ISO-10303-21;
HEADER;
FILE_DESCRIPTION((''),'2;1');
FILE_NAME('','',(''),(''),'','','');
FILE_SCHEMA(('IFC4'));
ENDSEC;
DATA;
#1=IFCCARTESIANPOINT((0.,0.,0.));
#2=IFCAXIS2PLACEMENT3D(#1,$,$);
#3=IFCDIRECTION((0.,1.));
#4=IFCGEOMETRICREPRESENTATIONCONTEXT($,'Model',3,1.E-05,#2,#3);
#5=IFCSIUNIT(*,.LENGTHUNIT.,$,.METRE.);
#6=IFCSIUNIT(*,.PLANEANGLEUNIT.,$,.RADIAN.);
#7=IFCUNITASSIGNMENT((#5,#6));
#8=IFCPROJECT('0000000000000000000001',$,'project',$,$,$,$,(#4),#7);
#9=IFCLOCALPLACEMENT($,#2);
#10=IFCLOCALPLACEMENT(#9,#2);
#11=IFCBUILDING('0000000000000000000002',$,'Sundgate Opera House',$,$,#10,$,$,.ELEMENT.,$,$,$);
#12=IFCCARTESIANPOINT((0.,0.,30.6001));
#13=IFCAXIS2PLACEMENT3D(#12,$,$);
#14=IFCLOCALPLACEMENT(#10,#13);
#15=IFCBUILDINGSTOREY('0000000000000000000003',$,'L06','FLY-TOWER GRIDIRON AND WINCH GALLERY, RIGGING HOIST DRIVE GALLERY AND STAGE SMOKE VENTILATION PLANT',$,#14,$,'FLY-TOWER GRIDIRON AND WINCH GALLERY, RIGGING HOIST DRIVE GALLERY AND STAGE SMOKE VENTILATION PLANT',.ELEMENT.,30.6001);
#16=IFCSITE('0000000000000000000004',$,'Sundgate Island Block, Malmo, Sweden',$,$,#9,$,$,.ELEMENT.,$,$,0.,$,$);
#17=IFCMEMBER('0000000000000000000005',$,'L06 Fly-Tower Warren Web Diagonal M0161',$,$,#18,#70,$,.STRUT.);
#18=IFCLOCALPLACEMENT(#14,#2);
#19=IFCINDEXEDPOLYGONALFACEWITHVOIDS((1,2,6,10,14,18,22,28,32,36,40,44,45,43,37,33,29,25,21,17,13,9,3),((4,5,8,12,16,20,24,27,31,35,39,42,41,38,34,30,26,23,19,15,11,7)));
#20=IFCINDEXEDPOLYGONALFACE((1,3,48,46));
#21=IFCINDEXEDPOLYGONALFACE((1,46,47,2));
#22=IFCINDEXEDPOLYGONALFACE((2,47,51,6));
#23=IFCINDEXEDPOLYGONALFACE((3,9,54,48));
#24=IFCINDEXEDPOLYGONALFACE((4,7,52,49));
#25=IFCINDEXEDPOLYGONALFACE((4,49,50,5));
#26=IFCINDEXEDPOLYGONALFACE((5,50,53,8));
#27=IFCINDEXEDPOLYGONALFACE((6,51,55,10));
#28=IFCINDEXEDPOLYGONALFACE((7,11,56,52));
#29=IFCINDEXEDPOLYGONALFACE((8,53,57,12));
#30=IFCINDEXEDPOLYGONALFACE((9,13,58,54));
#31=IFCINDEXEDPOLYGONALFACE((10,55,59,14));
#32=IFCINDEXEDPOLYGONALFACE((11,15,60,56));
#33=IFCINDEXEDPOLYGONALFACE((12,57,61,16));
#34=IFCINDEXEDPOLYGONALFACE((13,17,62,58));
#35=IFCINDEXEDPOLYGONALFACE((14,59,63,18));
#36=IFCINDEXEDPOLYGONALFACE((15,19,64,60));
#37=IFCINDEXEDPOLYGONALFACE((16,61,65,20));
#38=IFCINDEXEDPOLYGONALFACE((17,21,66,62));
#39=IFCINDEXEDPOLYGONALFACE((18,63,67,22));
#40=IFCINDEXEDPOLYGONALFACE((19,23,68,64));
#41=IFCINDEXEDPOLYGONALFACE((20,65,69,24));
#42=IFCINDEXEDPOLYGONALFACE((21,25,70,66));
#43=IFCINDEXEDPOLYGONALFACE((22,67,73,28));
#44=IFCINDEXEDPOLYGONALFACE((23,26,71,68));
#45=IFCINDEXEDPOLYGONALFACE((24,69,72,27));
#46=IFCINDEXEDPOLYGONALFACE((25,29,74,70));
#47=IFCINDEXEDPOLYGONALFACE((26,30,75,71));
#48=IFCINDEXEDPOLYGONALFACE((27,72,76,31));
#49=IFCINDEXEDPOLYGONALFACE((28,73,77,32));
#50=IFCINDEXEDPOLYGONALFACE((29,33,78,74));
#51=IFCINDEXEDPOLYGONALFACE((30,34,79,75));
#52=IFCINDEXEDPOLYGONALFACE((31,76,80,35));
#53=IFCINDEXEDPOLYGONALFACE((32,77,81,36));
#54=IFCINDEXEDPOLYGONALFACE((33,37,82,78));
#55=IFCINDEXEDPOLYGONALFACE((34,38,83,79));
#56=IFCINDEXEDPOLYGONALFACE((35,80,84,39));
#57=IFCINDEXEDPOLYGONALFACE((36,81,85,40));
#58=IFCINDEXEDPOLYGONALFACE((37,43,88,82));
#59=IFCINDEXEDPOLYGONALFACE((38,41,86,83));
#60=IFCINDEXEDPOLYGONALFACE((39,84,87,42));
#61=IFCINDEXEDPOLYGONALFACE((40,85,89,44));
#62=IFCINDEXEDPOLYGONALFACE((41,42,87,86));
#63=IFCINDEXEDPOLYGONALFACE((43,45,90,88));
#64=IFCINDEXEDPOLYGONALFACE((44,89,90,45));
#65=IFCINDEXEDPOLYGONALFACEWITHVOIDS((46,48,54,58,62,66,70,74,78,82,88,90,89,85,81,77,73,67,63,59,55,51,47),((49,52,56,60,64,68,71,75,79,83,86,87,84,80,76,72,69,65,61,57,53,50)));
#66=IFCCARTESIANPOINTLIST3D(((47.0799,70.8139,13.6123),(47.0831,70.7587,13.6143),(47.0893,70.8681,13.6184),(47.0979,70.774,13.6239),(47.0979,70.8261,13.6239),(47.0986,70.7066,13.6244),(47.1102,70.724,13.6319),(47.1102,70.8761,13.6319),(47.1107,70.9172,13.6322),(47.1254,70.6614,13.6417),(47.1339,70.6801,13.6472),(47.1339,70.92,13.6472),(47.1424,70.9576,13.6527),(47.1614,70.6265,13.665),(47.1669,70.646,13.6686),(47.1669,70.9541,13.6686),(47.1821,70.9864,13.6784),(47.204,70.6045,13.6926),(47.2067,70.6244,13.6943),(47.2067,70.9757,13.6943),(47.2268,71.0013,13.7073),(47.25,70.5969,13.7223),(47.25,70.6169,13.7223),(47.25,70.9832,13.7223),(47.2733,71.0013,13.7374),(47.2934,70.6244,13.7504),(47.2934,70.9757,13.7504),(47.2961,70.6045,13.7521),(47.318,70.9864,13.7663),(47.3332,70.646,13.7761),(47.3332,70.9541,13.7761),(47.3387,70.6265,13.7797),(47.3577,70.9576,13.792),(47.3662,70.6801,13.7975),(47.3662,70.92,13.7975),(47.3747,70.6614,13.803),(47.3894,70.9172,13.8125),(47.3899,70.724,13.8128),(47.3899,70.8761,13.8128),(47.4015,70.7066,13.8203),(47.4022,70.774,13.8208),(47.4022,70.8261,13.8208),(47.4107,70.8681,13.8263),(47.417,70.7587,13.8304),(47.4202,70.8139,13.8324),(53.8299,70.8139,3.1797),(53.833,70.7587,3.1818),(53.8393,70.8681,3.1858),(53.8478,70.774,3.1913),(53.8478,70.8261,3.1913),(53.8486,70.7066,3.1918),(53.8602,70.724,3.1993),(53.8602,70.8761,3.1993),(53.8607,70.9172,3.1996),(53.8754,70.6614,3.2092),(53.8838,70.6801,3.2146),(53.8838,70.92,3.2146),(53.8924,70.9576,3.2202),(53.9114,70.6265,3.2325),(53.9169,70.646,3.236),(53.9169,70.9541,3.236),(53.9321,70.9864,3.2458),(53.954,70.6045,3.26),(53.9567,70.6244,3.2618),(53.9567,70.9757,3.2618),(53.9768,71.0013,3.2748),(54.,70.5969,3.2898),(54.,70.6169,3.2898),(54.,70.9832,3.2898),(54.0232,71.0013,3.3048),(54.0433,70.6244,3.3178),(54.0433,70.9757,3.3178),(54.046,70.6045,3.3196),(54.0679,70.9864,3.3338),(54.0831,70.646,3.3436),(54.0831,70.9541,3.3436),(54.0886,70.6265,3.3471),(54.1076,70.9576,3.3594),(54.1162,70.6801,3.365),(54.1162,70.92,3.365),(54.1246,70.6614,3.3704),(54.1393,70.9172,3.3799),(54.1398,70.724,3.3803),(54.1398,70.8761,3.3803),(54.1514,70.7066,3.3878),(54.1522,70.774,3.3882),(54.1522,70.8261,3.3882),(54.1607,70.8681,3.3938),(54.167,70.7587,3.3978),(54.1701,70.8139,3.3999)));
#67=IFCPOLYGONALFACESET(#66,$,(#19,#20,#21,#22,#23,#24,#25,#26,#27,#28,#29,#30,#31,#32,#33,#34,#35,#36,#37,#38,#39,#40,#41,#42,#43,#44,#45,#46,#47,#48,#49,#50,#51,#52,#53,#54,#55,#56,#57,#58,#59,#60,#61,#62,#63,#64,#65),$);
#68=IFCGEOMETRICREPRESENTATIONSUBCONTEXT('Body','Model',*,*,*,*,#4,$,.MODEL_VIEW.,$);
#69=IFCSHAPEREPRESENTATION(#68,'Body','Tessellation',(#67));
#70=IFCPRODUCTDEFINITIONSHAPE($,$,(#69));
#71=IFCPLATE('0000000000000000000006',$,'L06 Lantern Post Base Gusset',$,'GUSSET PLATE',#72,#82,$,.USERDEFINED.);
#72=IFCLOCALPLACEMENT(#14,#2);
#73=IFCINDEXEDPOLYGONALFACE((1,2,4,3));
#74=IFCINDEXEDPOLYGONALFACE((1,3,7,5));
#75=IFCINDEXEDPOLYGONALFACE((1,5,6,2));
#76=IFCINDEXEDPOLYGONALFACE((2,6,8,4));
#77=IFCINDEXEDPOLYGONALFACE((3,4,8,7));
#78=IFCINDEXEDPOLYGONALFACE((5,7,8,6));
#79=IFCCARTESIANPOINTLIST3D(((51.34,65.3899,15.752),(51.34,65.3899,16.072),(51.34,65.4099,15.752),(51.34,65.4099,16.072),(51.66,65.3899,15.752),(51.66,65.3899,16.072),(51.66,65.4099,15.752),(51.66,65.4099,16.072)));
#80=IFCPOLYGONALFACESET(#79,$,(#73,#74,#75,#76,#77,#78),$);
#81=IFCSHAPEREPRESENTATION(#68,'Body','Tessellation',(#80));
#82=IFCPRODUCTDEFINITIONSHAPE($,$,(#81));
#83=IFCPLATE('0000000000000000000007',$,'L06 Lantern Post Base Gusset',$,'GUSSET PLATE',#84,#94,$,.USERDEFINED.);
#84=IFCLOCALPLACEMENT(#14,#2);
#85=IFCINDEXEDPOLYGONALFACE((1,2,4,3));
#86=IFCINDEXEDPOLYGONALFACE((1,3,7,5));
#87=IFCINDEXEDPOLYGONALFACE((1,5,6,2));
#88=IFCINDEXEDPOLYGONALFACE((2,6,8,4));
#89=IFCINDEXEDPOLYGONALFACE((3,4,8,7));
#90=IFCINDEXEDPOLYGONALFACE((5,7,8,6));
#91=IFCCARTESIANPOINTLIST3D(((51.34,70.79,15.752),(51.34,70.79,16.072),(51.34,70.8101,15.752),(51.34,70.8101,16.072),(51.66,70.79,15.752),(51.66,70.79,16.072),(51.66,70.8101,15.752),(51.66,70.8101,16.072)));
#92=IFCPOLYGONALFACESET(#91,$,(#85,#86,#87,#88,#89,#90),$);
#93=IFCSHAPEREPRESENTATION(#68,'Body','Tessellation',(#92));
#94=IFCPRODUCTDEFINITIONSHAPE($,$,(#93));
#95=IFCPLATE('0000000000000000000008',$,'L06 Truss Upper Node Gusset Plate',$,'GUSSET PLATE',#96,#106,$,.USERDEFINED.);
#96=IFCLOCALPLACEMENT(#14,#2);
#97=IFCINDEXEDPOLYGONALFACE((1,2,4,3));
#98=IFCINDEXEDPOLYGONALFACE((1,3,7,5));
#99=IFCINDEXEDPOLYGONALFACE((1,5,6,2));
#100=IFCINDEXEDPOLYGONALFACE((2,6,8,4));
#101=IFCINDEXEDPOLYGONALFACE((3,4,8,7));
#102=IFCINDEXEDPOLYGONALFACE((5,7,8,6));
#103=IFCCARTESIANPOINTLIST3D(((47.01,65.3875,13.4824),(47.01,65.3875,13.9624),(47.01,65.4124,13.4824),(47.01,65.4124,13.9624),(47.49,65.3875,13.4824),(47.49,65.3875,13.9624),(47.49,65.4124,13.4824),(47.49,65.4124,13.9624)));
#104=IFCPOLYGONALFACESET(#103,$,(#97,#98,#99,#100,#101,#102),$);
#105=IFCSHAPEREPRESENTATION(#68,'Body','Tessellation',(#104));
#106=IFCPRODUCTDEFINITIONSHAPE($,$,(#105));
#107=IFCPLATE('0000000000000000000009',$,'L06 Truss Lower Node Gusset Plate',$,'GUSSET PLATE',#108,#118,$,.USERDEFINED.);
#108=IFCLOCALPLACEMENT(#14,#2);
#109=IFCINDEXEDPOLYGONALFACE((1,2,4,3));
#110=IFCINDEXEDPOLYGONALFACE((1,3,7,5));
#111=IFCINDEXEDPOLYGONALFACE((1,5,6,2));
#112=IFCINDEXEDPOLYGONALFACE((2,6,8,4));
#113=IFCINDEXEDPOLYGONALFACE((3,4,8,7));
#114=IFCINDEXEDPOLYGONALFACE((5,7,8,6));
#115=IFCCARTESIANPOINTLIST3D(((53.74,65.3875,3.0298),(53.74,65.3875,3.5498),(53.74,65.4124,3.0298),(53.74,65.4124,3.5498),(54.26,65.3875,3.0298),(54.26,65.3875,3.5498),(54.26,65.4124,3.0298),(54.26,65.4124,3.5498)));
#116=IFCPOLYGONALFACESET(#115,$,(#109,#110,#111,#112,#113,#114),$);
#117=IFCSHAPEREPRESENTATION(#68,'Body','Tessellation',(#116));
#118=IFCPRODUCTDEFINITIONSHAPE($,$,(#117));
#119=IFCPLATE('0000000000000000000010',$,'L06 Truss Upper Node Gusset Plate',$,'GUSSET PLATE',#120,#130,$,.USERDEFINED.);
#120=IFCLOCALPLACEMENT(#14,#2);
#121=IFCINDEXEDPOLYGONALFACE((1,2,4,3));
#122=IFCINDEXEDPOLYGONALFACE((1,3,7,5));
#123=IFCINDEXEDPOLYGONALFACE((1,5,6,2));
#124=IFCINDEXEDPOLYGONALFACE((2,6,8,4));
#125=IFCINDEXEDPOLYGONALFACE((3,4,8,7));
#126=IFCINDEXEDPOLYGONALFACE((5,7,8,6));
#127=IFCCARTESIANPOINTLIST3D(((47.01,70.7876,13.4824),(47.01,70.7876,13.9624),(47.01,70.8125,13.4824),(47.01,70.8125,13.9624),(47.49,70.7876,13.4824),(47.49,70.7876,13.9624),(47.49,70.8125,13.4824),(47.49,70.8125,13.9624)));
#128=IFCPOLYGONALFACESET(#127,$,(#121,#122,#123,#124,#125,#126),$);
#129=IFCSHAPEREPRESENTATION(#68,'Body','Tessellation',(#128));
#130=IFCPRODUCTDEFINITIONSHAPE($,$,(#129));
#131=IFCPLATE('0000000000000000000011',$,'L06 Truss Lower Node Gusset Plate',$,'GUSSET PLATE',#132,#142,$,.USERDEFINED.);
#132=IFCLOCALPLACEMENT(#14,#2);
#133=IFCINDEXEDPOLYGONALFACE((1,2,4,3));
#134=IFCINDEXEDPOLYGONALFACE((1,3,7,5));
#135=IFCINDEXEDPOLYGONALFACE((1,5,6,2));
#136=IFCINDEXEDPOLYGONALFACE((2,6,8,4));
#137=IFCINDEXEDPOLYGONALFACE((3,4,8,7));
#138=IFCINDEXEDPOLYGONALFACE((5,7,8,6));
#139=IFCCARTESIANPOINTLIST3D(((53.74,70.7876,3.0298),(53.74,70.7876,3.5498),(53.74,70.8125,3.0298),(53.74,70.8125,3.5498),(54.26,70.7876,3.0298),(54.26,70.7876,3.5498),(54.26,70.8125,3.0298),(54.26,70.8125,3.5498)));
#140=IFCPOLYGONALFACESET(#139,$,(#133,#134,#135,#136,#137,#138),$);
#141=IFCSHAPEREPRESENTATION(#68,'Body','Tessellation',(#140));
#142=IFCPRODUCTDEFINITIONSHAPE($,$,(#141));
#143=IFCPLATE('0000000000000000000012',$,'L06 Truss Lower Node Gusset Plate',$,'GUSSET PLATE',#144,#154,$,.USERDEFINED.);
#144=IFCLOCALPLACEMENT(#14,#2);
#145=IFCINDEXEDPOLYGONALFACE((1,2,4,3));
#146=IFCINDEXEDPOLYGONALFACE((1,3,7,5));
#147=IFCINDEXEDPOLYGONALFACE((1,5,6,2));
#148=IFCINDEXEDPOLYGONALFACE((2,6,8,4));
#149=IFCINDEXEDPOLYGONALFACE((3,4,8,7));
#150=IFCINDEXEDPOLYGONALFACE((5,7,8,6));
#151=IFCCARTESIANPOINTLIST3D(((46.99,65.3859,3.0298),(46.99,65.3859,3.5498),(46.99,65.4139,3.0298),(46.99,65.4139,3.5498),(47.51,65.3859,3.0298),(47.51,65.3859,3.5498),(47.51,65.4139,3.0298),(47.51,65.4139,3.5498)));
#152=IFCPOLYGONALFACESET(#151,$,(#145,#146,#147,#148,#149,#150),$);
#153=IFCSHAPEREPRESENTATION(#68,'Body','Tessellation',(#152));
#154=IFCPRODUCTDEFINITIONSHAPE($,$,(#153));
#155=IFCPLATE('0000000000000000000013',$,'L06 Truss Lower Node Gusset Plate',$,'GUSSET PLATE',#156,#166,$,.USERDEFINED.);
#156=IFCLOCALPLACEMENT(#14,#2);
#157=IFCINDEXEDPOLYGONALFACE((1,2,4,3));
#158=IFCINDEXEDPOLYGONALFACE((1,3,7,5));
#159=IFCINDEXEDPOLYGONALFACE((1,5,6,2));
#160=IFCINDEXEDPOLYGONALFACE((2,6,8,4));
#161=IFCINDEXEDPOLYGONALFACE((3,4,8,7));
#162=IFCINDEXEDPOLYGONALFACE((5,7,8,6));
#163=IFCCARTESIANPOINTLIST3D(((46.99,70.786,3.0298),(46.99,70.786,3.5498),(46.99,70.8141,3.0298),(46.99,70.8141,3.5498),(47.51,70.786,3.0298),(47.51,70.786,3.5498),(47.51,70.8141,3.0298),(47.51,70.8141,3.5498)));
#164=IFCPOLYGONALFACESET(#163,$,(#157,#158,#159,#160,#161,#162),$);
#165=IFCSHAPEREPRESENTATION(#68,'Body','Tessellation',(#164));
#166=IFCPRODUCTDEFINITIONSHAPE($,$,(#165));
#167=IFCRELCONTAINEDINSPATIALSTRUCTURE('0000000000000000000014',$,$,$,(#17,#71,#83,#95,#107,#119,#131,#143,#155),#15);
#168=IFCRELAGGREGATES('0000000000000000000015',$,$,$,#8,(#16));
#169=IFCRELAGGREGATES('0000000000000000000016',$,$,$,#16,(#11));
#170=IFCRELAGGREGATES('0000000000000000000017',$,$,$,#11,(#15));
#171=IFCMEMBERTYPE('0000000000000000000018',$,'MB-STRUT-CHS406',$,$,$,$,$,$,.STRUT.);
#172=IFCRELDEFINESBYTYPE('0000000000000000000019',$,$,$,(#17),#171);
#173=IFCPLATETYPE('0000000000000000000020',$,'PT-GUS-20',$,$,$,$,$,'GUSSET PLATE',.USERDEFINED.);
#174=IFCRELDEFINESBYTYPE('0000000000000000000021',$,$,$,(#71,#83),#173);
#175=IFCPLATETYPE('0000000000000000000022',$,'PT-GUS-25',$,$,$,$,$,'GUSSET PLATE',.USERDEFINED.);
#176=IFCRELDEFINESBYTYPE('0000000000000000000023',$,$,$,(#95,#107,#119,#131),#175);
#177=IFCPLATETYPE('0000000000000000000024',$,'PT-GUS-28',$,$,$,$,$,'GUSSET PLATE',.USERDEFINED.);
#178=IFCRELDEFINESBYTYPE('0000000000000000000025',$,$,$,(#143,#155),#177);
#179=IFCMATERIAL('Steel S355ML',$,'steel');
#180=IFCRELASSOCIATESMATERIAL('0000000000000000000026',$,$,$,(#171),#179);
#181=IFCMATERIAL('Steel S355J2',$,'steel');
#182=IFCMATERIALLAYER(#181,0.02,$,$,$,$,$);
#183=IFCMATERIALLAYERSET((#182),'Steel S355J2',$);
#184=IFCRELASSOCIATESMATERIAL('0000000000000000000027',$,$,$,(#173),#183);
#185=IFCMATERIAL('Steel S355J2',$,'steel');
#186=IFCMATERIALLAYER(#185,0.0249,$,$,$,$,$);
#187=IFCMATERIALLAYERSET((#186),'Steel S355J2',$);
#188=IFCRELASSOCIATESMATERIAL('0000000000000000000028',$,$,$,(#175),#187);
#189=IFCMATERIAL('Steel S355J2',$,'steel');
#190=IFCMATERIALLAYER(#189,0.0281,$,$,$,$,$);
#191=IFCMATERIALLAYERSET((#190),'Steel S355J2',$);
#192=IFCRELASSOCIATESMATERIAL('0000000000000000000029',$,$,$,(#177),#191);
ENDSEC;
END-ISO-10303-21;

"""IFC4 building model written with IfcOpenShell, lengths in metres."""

from ifc_helpers import new_model, si_unit, direction, frame, origin, origin_2d, place, context, subcontext, project, spatial, rectangle, hollow_circle, extrude, material, layer, layer_set, material_profile, profile_set, type_object, element, save


model = new_model("IFC4")

# Units and contexts
model_context = context("Model", 3, precision=1e-05, world=origin(), true_north=direction((0.0, 1.0)))
body_context = subcontext(model_context, "Body", "Model", "MODEL_VIEW")
ifc_project = project(units=[si_unit("LENGTHUNIT", "METRE"), si_unit("PLANEANGLEUNIT", "RADIAN")], contexts=[model_context])

# Site, building, storey
site_placement = place(None, origin())
site = spatial("IfcSite", under=ifc_project, at=site_placement, Name="Sundgate Island Block, Malmo, Sweden", CompositionType="ELEMENT", RefElevation=0.0)
building_placement = place(site_placement, origin())
building = spatial("IfcBuilding", under=site, at=building_placement, Name="Sundgate Opera House", CompositionType="ELEMENT")
storey_placement = place(building_placement, frame((0.0, 0.0, 30.6001)))
storey = spatial("IfcBuildingStorey", under=building, at=storey_placement, Name="L06", Description="FLY-TOWER GRIDIRON AND WINCH GALLERY, RIGGING HOIST DRIVE GALLERY AND STAGE SMOKE VENTILATION PLANT", LongName="FLY-TOWER GRIDIRON AND WINCH GALLERY, RIGGING HOIST DRIVE GALLERY AND STAGE SMOKE VENTILATION PLANT", CompositionType="ELEMENT", Elevation=30.6001)

# Member
ifc_material_1 = material(Name="Steel S355ML", Category="steel")
ifc_material_profile_1 = material_profile(ifc_material_1, hollow_circle(Radius=0.2031, WallThickness=0.02, at=origin_2d()), Name="CHS 406.4x20.0")
ifc_profile_set_1 = profile_set([ifc_material_profile_1], Name="Steel S355ML")
member_type_1 = type_object("IfcMemberType", Name="MB-STRUT-CHS406", PredefinedType="STRUT", material=ifc_profile_set_1)
for number, where, z_axis, x_axis, name in (
    (1, (54.0, 70.8, 3.2898), (-0.543222, 0.0, 0.839589), (0.0, -1.0, 0.0), "L06 Fly-Tower Warren Web Diagonal M0161"),
):
    element("IfcMember", number, at=place(storey_placement, frame(where, z_axis=z_axis, x_axis=x_axis)), inside=storey, type_object=member_type_1, Name=name, PredefinedType="STRUT", context=body_context, shape_type="SweptSolid", body=[
        extrude(hollow_circle(Radius=0.2031, WallThickness=0.02, at=origin_2d()), origin(), (0.0, 0.0, 1.0), 12.4258),
    ])

# Plates
ifc_material_2 = material(Name="Steel S355J2", Category="steel")
ifc_layer_1 = layer(ifc_material_2, 0.02)
ifc_layer_set_1 = layer_set([ifc_layer_1], Name="Steel S355J2")
plate_type_1 = type_object("IfcPlateType", Name="PT-GUS-20", ElementType="GUSSET PLATE", PredefinedType="USERDEFINED", material=ifc_layer_set_1)
for number, where, z_axis, x_axis, name in (
    (2, (51.5, 65.3999, 15.752), (0.0, 0.0, 1.0), (1.0, 0.0, 0.0), "L06 Lantern Post Base Gusset"),
    (3, (51.5, 70.8, 15.752), (0.0, 0.0, 1.0), (1.0, 0.0, 0.0), "L06 Lantern Post Base Gusset"),
):
    element("IfcPlate", number, at=place(storey_placement, frame(where, z_axis=z_axis, x_axis=x_axis)), inside=storey, type_object=plate_type_1, Name=name, ObjectType="GUSSET PLATE", PredefinedType="USERDEFINED", context=body_context, shape_type="SweptSolid", body=[
        extrude(rectangle(XDim=0.3201, YDim=0.02, at=origin_2d()), origin(), (0.0, 0.0, 1.0), 0.3201),
    ])
ifc_material_3 = material(Name="Steel S355J2", Category="steel")
ifc_layer_2 = layer(ifc_material_3, 0.0249)
ifc_layer_set_2 = layer_set([ifc_layer_2], Name="Steel S355J2")
plate_type_2 = type_object("IfcPlateType", Name="PT-GUS-25", ElementType="GUSSET PLATE", PredefinedType="USERDEFINED", material=ifc_layer_set_2)
plate_1_placement = place(storey_placement, frame((47.25, 65.3999, 13.4824), z_axis=(0.0, 0.0, 1.0), x_axis=(1.0, 0.0, 0.0)))
element("IfcPlate", 4, at=plate_1_placement, inside=storey, type_object=plate_type_2, Name="L06 Truss Upper Node Gusset Plate", ObjectType="GUSSET PLATE", PredefinedType="USERDEFINED", context=body_context, shape_type="SweptSolid", body=[
    extrude(rectangle(XDim=0.48, YDim=0.0249, at=origin_2d()), origin(), (0.0, 0.0, 1.0), 0.48),
])
plate_2_placement = place(storey_placement, frame((54.0, 65.3999, 3.0298), z_axis=(0.0, 0.0, 1.0), x_axis=(1.0, 0.0, 0.0)))
element("IfcPlate", 5, at=plate_2_placement, inside=storey, type_object=plate_type_2, Name="L06 Truss Lower Node Gusset Plate", ObjectType="GUSSET PLATE", PredefinedType="USERDEFINED", context=body_context, shape_type="SweptSolid", body=[
    extrude(rectangle(XDim=0.52, YDim=0.0249, at=origin_2d()), origin(), (0.0, 0.0, 1.0), 0.52),
])
plate_3_placement = place(storey_placement, frame((47.25, 70.8, 13.4824), z_axis=(0.0, 0.0, 1.0), x_axis=(1.0, 0.0, 0.0)))
element("IfcPlate", 6, at=plate_3_placement, inside=storey, type_object=plate_type_2, Name="L06 Truss Upper Node Gusset Plate", ObjectType="GUSSET PLATE", PredefinedType="USERDEFINED", context=body_context, shape_type="SweptSolid", body=[
    extrude(rectangle(XDim=0.48, YDim=0.0249, at=origin_2d()), origin(), (0.0, 0.0, 1.0), 0.48),
])
plate_4_placement = place(storey_placement, frame((54.0, 70.8, 3.0298), z_axis=(0.0, 0.0, 1.0), x_axis=(1.0, 0.0, 0.0)))
element("IfcPlate", 7, at=plate_4_placement, inside=storey, type_object=plate_type_2, Name="L06 Truss Lower Node Gusset Plate", ObjectType="GUSSET PLATE", PredefinedType="USERDEFINED", context=body_context, shape_type="SweptSolid", body=[
    extrude(rectangle(XDim=0.52, YDim=0.0249, at=origin_2d()), origin(), (0.0, 0.0, 1.0), 0.52),
])
ifc_material_4 = material(Name="Steel S355J2", Category="steel")
ifc_layer_3 = layer(ifc_material_4, 0.0281)
ifc_layer_set_3 = layer_set([ifc_layer_3], Name="Steel S355J2")
plate_type_3 = type_object("IfcPlateType", Name="PT-GUS-28", ElementType="GUSSET PLATE", PredefinedType="USERDEFINED", material=ifc_layer_set_3)
for number, where, z_axis, x_axis, name in (
    (8, (47.25, 65.3999, 3.0298), (0.0, 0.0, 1.0), (1.0, 0.0, 0.0), "L06 Truss Lower Node Gusset Plate"),
    (9, (47.25, 70.8, 3.0298), (0.0, 0.0, 1.0), (1.0, 0.0, 0.0), "L06 Truss Lower Node Gusset Plate"),
):
    element("IfcPlate", number, at=place(storey_placement, frame(where, z_axis=z_axis, x_axis=x_axis)), inside=storey, type_object=plate_type_3, Name=name, ObjectType="GUSSET PLATE", PredefinedType="USERDEFINED", context=body_context, shape_type="SweptSolid", body=[
        extrude(rectangle(XDim=0.52, YDim=0.0281, at=origin_2d()), origin(), (0.0, 0.0, 1.0), 0.52),
    ])

save(model, "model.ifc")
